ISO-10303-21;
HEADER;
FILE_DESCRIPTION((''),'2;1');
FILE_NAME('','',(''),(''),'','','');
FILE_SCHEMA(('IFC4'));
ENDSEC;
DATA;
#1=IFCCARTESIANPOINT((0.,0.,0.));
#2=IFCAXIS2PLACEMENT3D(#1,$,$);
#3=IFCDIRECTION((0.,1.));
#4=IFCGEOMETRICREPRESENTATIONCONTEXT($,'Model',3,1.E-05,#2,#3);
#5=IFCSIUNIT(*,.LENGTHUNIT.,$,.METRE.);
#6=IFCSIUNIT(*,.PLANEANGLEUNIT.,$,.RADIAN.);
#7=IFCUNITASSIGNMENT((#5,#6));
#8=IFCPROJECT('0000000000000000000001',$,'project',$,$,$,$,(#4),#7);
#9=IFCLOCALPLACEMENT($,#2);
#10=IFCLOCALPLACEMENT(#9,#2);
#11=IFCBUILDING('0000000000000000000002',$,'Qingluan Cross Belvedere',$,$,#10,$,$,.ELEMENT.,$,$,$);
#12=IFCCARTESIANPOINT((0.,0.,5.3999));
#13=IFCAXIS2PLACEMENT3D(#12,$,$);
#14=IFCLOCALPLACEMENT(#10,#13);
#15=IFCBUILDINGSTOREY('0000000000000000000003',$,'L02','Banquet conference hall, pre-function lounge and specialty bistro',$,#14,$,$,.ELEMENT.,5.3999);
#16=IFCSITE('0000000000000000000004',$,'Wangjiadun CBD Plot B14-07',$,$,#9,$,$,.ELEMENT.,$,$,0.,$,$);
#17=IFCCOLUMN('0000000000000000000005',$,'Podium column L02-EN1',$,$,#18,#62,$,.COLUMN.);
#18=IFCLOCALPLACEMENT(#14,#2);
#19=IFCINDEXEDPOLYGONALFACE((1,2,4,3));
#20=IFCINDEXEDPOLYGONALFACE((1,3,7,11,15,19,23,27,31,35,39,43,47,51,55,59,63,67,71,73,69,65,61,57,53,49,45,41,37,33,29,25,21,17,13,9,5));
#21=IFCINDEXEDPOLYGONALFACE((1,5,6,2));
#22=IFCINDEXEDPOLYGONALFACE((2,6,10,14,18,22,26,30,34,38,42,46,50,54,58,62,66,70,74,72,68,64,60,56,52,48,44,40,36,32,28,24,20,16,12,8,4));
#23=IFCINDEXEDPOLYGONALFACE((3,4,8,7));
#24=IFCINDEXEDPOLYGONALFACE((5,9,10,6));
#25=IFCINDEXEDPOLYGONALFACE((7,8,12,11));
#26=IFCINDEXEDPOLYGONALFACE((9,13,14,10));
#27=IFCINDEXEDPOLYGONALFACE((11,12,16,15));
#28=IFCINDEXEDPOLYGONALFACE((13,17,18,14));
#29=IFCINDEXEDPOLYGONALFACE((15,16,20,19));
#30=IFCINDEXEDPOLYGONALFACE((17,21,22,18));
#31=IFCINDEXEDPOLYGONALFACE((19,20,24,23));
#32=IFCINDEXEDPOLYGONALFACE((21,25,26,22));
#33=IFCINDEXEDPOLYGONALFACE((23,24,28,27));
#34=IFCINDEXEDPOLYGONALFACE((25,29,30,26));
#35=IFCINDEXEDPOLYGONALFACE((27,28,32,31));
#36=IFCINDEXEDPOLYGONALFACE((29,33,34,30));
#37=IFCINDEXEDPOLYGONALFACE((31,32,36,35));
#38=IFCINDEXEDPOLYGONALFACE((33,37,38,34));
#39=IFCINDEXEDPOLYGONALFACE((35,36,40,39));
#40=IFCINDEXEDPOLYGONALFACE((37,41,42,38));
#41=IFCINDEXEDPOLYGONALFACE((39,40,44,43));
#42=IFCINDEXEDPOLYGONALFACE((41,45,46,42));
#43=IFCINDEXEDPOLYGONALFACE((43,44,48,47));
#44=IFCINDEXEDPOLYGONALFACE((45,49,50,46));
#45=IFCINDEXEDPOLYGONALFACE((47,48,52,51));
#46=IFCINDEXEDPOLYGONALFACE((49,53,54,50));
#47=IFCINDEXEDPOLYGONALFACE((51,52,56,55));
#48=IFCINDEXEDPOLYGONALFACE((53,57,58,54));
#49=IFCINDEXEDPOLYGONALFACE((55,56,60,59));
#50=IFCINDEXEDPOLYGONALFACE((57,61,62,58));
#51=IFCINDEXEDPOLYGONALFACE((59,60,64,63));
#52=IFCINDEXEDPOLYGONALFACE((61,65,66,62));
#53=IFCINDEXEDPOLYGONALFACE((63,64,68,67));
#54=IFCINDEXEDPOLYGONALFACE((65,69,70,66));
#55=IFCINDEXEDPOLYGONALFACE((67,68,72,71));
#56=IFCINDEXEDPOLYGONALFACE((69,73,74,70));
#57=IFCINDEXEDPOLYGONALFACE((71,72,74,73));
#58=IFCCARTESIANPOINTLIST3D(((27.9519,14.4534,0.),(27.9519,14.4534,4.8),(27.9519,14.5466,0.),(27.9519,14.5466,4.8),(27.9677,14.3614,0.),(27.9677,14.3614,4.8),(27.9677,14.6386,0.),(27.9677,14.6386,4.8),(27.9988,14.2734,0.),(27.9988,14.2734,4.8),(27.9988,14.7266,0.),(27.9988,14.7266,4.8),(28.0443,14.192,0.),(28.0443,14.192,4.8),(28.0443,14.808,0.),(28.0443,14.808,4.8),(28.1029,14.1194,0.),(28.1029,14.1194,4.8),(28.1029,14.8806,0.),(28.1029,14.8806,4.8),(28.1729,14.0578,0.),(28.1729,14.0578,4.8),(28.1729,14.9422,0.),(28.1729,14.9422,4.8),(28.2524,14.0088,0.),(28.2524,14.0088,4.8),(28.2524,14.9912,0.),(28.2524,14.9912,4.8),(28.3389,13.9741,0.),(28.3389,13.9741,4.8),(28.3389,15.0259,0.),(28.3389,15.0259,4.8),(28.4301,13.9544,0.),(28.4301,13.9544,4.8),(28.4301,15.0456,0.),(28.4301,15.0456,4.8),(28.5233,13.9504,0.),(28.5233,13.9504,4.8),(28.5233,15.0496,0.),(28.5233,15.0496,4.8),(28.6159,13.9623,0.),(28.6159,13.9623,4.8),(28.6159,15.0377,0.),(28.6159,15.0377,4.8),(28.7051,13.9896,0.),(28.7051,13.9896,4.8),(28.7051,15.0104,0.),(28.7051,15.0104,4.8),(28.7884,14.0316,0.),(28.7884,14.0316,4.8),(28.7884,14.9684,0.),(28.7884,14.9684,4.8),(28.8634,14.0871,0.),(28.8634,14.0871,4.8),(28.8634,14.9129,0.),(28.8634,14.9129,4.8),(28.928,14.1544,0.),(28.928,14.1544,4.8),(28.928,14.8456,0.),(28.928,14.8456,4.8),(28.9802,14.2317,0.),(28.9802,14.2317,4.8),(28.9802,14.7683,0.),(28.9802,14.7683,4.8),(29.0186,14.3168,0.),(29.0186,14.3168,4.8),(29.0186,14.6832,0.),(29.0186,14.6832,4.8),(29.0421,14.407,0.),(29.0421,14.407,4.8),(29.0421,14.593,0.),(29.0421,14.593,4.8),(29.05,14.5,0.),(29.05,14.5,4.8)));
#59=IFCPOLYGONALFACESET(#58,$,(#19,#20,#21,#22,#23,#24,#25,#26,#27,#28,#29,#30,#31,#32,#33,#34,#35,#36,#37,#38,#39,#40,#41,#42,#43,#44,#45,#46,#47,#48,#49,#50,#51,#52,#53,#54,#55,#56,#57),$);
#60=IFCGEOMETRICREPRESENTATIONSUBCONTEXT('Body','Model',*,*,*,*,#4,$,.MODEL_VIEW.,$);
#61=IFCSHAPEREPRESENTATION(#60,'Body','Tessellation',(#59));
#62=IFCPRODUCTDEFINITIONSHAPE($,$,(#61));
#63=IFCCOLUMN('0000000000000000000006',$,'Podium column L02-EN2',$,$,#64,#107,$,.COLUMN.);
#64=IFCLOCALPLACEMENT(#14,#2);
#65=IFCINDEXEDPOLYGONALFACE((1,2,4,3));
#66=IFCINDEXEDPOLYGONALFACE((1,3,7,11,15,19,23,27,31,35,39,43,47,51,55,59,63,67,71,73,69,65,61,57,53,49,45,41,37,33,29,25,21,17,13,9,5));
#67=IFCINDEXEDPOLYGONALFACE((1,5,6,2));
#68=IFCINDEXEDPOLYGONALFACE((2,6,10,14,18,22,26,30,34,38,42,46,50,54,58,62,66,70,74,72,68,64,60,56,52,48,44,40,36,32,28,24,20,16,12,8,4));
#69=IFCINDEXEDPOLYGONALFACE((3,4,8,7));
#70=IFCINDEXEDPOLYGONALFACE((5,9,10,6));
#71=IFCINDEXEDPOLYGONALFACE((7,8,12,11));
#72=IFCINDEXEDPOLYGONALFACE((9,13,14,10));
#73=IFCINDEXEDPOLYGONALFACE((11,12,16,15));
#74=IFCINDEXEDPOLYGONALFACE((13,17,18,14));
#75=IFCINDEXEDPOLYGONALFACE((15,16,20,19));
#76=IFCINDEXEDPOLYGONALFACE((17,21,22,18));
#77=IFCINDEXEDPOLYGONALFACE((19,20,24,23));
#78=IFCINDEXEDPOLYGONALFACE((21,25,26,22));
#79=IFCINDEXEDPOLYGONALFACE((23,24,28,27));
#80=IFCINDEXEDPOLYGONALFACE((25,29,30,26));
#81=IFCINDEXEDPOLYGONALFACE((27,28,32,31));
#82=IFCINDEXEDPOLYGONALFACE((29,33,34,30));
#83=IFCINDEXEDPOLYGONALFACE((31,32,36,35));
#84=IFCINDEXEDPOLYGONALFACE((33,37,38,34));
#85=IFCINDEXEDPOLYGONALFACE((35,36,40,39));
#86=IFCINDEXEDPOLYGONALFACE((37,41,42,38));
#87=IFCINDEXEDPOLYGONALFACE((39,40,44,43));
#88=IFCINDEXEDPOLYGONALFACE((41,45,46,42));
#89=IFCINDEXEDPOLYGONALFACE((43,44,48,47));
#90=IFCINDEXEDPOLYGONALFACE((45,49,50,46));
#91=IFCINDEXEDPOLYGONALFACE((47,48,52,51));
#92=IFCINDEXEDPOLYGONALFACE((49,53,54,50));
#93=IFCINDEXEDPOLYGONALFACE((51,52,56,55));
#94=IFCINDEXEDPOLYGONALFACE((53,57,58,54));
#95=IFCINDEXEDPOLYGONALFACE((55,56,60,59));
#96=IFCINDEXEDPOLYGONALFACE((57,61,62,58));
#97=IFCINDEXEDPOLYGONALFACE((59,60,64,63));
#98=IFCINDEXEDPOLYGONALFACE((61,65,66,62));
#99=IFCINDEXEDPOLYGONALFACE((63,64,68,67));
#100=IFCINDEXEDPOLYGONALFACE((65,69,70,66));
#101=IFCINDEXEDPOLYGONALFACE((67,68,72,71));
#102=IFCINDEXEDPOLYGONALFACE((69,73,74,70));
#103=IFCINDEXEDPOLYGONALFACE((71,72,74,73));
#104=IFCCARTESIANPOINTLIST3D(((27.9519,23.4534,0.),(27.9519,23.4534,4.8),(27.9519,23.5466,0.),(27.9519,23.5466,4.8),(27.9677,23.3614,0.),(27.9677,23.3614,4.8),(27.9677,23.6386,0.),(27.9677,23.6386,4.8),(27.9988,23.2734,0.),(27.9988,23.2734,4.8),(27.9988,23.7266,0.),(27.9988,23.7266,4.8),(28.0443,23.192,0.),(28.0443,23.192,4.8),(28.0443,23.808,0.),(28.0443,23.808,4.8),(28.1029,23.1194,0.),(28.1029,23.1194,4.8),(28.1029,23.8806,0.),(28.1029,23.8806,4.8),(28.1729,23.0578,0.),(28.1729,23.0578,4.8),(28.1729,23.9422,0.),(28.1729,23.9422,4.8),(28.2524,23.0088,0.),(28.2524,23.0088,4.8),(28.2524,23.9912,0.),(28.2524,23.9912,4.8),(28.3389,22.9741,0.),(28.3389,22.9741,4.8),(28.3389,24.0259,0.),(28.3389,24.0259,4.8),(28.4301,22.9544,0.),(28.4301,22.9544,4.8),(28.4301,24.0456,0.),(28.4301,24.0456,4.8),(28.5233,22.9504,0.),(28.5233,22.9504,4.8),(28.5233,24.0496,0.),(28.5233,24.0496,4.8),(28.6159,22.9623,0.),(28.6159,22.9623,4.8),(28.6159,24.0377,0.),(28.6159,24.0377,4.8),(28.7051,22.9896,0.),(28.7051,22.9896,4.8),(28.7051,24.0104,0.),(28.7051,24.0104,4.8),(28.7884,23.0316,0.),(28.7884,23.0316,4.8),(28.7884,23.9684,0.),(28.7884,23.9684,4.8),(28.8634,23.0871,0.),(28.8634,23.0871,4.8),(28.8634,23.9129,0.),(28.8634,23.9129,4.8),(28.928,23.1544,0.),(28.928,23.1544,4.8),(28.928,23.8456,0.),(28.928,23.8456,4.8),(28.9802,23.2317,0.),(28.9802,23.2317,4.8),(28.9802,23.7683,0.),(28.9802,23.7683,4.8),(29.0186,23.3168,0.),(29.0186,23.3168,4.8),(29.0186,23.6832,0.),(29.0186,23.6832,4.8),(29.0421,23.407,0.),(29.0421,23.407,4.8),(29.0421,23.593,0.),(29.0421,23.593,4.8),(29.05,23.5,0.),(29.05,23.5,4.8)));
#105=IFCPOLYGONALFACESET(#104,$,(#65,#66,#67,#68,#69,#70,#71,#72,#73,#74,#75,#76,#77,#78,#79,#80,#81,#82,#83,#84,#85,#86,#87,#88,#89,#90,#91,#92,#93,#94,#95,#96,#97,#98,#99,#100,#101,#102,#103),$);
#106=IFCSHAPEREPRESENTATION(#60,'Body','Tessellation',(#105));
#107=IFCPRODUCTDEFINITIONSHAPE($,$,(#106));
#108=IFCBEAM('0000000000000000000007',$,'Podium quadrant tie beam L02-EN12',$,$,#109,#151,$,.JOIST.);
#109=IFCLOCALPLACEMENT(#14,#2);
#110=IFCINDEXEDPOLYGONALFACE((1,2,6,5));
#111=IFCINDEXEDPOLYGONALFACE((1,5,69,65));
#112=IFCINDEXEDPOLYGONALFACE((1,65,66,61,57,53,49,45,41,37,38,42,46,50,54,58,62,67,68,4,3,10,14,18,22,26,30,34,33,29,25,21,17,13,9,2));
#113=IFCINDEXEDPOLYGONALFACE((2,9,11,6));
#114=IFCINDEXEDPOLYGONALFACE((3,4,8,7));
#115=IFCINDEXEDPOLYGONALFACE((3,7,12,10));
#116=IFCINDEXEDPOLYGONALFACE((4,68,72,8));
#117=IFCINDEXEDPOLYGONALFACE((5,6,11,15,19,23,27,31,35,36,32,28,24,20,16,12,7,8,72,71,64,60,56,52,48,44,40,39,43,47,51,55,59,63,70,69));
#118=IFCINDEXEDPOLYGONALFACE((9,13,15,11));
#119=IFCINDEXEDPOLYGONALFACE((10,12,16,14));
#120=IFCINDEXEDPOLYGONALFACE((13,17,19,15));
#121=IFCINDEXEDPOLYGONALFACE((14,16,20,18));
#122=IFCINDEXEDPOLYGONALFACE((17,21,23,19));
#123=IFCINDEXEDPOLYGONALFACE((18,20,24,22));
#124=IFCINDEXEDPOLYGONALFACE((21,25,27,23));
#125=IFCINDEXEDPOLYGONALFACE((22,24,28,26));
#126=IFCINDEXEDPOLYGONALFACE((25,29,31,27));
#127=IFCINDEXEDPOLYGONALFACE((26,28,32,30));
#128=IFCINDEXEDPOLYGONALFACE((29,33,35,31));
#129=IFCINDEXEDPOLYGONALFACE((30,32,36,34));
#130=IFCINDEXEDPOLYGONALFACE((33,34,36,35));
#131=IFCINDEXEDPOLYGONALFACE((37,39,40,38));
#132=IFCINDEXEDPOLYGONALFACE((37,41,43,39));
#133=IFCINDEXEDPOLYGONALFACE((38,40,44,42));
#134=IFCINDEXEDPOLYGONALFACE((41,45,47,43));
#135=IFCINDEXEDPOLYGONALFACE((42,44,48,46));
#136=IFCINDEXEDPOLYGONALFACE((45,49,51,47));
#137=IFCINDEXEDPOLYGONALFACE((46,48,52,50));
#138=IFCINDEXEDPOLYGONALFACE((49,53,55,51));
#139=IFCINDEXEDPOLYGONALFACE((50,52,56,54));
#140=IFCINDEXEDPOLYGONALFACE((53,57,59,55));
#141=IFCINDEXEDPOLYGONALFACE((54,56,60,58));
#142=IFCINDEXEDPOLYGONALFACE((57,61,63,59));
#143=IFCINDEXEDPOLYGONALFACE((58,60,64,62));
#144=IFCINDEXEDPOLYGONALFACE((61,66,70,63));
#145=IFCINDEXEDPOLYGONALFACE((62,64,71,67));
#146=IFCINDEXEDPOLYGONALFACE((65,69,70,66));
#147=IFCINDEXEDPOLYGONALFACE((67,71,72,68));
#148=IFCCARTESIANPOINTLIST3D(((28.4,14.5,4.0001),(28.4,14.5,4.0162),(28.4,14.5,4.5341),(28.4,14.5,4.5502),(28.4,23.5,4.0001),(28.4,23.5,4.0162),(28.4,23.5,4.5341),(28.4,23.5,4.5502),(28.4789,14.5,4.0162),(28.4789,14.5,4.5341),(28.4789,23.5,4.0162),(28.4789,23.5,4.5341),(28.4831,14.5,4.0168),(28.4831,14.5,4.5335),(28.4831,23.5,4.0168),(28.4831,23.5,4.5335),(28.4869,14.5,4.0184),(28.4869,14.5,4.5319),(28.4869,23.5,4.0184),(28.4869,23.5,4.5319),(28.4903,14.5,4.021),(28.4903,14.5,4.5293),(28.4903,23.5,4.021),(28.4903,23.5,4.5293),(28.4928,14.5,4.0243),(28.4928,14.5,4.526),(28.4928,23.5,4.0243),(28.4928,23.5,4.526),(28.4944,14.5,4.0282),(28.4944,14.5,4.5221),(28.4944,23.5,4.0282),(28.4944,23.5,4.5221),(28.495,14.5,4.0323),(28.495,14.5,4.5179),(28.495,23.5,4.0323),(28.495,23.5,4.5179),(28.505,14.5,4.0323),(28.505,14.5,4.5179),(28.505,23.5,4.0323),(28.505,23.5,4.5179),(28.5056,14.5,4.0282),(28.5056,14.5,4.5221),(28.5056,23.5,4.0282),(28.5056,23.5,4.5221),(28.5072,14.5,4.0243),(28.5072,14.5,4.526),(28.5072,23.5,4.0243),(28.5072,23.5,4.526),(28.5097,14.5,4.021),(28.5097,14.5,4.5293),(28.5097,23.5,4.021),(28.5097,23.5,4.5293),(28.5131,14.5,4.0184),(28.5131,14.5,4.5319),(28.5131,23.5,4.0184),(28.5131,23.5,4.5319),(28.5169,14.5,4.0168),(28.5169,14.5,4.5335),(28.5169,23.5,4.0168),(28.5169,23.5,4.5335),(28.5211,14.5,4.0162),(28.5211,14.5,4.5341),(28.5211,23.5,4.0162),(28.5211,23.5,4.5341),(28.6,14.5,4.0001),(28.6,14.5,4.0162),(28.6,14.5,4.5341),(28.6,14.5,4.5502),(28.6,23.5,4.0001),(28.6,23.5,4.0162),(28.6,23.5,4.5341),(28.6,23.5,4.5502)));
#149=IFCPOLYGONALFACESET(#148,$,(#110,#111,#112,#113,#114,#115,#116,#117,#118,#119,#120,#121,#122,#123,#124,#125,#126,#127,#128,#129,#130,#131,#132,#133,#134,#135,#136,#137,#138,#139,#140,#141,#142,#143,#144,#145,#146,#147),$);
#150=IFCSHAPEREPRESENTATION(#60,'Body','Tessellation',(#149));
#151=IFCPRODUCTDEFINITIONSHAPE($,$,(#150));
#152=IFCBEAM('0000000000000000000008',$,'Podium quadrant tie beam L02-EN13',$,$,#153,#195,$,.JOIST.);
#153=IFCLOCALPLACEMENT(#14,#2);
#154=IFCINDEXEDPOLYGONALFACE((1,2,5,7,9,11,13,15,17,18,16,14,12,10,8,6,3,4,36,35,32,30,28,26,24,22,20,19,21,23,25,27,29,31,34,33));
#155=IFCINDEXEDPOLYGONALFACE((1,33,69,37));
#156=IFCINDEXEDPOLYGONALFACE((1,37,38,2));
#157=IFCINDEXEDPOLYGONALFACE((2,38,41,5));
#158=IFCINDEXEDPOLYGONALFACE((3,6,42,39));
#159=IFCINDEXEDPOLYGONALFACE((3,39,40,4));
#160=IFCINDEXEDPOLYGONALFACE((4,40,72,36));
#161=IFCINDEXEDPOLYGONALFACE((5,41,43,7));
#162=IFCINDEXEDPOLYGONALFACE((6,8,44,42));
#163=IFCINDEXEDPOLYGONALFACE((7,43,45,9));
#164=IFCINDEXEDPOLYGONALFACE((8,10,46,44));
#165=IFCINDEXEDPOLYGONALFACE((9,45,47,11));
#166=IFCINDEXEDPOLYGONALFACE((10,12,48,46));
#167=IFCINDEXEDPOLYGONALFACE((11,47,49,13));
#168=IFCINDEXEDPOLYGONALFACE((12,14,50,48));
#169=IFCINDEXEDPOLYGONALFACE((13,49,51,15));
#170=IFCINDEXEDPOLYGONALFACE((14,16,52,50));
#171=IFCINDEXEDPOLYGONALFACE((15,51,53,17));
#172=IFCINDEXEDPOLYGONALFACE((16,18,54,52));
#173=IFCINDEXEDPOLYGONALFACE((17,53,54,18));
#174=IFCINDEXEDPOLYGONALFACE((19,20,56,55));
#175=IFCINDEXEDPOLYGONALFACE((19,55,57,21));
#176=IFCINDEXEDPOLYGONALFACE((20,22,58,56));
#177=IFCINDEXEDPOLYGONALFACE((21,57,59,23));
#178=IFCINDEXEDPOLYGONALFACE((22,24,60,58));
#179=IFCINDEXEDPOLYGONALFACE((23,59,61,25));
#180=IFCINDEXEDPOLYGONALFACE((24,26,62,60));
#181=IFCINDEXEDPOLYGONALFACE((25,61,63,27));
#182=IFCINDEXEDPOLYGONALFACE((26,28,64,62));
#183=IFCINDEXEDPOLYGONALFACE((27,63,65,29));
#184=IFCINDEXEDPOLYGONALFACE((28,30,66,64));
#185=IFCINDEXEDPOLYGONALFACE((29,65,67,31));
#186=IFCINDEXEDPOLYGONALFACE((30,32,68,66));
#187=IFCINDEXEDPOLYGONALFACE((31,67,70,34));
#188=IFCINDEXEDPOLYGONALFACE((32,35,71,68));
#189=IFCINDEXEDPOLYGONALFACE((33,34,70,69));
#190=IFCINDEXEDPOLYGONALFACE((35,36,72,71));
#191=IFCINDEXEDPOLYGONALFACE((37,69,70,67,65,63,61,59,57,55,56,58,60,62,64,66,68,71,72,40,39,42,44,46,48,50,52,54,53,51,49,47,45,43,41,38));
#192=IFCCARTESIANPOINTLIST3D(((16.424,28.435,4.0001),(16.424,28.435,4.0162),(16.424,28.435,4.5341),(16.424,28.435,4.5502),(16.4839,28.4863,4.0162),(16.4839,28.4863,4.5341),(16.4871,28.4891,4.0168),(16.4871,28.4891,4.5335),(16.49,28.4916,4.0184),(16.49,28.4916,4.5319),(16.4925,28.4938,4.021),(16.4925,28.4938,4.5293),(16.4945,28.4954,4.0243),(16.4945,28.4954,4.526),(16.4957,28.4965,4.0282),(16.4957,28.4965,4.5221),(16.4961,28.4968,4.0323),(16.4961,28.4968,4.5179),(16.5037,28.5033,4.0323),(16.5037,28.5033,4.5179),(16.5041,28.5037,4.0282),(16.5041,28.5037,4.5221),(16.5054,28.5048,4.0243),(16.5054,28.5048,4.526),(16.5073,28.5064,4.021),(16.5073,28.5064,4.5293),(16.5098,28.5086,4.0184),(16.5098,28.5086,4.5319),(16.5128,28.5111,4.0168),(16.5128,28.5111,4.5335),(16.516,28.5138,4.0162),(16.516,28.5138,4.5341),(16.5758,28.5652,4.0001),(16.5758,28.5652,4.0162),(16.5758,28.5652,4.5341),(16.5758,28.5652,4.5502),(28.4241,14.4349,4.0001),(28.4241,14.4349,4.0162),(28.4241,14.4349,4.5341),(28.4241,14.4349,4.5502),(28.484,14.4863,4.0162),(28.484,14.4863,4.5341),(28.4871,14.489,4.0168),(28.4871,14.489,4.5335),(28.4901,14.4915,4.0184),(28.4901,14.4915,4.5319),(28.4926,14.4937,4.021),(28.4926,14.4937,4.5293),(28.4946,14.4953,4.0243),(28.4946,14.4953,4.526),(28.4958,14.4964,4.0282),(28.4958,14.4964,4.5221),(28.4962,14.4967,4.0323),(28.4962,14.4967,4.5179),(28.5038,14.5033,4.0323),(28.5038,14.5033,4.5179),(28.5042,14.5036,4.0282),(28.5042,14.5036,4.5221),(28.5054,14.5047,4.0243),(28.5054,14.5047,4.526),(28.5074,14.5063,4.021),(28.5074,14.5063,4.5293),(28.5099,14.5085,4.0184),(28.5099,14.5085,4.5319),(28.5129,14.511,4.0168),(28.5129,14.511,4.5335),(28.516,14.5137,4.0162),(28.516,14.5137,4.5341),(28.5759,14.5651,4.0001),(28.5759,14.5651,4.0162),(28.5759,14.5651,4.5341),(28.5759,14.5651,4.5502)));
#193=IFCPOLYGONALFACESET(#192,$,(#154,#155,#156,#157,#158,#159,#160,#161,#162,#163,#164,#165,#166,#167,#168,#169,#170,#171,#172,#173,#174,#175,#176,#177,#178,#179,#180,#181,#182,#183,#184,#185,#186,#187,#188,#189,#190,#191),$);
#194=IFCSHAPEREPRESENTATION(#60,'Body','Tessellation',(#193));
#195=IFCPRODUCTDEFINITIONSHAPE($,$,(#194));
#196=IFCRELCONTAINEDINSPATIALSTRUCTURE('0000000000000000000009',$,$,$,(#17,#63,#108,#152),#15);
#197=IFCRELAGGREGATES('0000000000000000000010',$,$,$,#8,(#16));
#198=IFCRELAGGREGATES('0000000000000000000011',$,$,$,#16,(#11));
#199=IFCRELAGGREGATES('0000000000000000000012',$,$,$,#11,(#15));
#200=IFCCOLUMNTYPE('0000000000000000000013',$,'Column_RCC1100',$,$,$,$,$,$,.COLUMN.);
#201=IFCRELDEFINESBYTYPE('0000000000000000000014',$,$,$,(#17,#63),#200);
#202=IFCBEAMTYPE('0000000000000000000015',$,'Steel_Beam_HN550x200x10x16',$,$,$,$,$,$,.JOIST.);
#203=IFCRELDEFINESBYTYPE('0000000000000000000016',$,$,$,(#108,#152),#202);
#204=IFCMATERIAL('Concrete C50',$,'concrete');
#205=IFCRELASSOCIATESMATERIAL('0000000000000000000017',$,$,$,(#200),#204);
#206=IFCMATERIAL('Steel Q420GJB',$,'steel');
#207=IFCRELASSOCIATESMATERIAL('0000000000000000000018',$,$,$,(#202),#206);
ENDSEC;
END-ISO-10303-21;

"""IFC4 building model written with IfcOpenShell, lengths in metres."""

from ifc_helpers import new_model, si_unit, direction, frame, origin, origin_2d, place, context, subcontext, project, spatial, circle, i_section, extrude, material, material_profile, profile_set, type_object, element, save


model = new_model("IFC4")

# Units and contexts
model_context = context("Model", 3, precision=1e-05, world=origin(), true_north=direction((0.0, 1.0)))
body_context = subcontext(model_context, "Body", "Model", "MODEL_VIEW")
ifc_project = project(units=[si_unit("LENGTHUNIT", "METRE"), si_unit("PLANEANGLEUNIT", "RADIAN")], contexts=[model_context])

# Site, building, storey
site_placement = place(None, origin())
site = spatial("IfcSite", under=ifc_project, at=site_placement, Name="Wangjiadun CBD Plot B14-07", CompositionType="ELEMENT", RefElevation=0.0)
building_placement = place(site_placement, origin())
building = spatial("IfcBuilding", under=site, at=building_placement, Name="Qingluan Cross Belvedere", CompositionType="ELEMENT")
storey_placement = place(building_placement, frame((0.0, 0.0, 5.3999)))
storey = spatial("IfcBuildingStorey", under=building, at=storey_placement, Name="L02", Description="Banquet conference hall, pre-function lounge and specialty bistro", CompositionType="ELEMENT", Elevation=5.3999)

# Columns
ifc_material_1 = material(Name="Concrete C50", Category="concrete")
ifc_material_profile_1 = material_profile(ifc_material_1, circle(Radius=0.55, at=origin_2d()), Name="RCC1100")
ifc_profile_set_1 = profile_set([ifc_material_profile_1], Name="Concrete C50")
column_type = type_object("IfcColumnType", Name="Column_RCC1100", PredefinedType="COLUMN", material=ifc_profile_set_1)
for number, where, z_axis, x_axis, name in (
    (1, (28.5, 14.5, 0.0), (0.0, 0.0, 1.0), (1.0, 0.0, 0.0), "Podium column L02-EN1"),
    (2, (28.5, 23.5, 0.0), (0.0, 0.0, 1.0), (1.0, 0.0, 0.0), "Podium column L02-EN2"),
):
    element("IfcColumn", number, at=place(storey_placement, frame(where, z_axis=z_axis, x_axis=x_axis)), inside=storey, type_object=column_type, Name=name, PredefinedType="COLUMN", context=body_context, shape_type="SweptSolid", body=[
        extrude(circle(Radius=0.55, at=origin_2d()), origin(), (0.0, 0.0, 1.0), 4.8),
    ])

# Beams
ifc_material_2 = material(Name="Steel Q420GJB", Category="steel")
ifc_material_profile_2 = material_profile(ifc_material_2, i_section(OverallWidth=0.2, OverallDepth=0.55, WebThickness=0.01, FlangeThickness=0.0161, FilletRadius=0.0161, at=origin_2d()), Name="HN550x200x10x16")
ifc_profile_set_2 = profile_set([ifc_material_profile_2], Name="Steel Q420GJB")
beam_type = type_object("IfcBeamType", Name="Steel_Beam_HN550x200x10x16", PredefinedType="JOIST", material=ifc_profile_set_2)
beam_1_placement = place(storey_placement, frame((28.5, 14.5, 4.2751), z_axis=(0.0, 1.0, 0.0), x_axis=(-1.0, 0.0, 0.0)))
element("IfcBeam", 3, at=beam_1_placement, inside=storey, type_object=beam_type, Name="Podium quadrant tie beam L02-EN12", PredefinedType="JOIST", context=body_context, shape_type="SweptSolid", body=[
    extrude(i_section(OverallWidth=0.2, OverallDepth=0.55, WebThickness=0.01, FlangeThickness=0.0161, FilletRadius=0.0161, at=origin_2d()), origin(), (0.0, 0.0, 1.0), 9.0),
])
beam_2_placement = place(storey_placement, frame((28.5, 14.5, 4.2751), z_axis=(-0.650791, 0.759257, 0.0), x_axis=(-0.759257, -0.650791, 0.0)))
element("IfcBeam", 4, at=beam_2_placement, inside=storey, type_object=beam_type, Name="Podium quadrant tie beam L02-EN13", PredefinedType="JOIST", context=body_context, shape_type="SweptSolid", body=[
    extrude(i_section(OverallWidth=0.2, OverallDepth=0.55, WebThickness=0.01, FlangeThickness=0.0161, FilletRadius=0.0161, at=origin_2d()), origin(), (0.0, 0.0, 1.0), 18.4392),
])

save(model, "model.ifc")
